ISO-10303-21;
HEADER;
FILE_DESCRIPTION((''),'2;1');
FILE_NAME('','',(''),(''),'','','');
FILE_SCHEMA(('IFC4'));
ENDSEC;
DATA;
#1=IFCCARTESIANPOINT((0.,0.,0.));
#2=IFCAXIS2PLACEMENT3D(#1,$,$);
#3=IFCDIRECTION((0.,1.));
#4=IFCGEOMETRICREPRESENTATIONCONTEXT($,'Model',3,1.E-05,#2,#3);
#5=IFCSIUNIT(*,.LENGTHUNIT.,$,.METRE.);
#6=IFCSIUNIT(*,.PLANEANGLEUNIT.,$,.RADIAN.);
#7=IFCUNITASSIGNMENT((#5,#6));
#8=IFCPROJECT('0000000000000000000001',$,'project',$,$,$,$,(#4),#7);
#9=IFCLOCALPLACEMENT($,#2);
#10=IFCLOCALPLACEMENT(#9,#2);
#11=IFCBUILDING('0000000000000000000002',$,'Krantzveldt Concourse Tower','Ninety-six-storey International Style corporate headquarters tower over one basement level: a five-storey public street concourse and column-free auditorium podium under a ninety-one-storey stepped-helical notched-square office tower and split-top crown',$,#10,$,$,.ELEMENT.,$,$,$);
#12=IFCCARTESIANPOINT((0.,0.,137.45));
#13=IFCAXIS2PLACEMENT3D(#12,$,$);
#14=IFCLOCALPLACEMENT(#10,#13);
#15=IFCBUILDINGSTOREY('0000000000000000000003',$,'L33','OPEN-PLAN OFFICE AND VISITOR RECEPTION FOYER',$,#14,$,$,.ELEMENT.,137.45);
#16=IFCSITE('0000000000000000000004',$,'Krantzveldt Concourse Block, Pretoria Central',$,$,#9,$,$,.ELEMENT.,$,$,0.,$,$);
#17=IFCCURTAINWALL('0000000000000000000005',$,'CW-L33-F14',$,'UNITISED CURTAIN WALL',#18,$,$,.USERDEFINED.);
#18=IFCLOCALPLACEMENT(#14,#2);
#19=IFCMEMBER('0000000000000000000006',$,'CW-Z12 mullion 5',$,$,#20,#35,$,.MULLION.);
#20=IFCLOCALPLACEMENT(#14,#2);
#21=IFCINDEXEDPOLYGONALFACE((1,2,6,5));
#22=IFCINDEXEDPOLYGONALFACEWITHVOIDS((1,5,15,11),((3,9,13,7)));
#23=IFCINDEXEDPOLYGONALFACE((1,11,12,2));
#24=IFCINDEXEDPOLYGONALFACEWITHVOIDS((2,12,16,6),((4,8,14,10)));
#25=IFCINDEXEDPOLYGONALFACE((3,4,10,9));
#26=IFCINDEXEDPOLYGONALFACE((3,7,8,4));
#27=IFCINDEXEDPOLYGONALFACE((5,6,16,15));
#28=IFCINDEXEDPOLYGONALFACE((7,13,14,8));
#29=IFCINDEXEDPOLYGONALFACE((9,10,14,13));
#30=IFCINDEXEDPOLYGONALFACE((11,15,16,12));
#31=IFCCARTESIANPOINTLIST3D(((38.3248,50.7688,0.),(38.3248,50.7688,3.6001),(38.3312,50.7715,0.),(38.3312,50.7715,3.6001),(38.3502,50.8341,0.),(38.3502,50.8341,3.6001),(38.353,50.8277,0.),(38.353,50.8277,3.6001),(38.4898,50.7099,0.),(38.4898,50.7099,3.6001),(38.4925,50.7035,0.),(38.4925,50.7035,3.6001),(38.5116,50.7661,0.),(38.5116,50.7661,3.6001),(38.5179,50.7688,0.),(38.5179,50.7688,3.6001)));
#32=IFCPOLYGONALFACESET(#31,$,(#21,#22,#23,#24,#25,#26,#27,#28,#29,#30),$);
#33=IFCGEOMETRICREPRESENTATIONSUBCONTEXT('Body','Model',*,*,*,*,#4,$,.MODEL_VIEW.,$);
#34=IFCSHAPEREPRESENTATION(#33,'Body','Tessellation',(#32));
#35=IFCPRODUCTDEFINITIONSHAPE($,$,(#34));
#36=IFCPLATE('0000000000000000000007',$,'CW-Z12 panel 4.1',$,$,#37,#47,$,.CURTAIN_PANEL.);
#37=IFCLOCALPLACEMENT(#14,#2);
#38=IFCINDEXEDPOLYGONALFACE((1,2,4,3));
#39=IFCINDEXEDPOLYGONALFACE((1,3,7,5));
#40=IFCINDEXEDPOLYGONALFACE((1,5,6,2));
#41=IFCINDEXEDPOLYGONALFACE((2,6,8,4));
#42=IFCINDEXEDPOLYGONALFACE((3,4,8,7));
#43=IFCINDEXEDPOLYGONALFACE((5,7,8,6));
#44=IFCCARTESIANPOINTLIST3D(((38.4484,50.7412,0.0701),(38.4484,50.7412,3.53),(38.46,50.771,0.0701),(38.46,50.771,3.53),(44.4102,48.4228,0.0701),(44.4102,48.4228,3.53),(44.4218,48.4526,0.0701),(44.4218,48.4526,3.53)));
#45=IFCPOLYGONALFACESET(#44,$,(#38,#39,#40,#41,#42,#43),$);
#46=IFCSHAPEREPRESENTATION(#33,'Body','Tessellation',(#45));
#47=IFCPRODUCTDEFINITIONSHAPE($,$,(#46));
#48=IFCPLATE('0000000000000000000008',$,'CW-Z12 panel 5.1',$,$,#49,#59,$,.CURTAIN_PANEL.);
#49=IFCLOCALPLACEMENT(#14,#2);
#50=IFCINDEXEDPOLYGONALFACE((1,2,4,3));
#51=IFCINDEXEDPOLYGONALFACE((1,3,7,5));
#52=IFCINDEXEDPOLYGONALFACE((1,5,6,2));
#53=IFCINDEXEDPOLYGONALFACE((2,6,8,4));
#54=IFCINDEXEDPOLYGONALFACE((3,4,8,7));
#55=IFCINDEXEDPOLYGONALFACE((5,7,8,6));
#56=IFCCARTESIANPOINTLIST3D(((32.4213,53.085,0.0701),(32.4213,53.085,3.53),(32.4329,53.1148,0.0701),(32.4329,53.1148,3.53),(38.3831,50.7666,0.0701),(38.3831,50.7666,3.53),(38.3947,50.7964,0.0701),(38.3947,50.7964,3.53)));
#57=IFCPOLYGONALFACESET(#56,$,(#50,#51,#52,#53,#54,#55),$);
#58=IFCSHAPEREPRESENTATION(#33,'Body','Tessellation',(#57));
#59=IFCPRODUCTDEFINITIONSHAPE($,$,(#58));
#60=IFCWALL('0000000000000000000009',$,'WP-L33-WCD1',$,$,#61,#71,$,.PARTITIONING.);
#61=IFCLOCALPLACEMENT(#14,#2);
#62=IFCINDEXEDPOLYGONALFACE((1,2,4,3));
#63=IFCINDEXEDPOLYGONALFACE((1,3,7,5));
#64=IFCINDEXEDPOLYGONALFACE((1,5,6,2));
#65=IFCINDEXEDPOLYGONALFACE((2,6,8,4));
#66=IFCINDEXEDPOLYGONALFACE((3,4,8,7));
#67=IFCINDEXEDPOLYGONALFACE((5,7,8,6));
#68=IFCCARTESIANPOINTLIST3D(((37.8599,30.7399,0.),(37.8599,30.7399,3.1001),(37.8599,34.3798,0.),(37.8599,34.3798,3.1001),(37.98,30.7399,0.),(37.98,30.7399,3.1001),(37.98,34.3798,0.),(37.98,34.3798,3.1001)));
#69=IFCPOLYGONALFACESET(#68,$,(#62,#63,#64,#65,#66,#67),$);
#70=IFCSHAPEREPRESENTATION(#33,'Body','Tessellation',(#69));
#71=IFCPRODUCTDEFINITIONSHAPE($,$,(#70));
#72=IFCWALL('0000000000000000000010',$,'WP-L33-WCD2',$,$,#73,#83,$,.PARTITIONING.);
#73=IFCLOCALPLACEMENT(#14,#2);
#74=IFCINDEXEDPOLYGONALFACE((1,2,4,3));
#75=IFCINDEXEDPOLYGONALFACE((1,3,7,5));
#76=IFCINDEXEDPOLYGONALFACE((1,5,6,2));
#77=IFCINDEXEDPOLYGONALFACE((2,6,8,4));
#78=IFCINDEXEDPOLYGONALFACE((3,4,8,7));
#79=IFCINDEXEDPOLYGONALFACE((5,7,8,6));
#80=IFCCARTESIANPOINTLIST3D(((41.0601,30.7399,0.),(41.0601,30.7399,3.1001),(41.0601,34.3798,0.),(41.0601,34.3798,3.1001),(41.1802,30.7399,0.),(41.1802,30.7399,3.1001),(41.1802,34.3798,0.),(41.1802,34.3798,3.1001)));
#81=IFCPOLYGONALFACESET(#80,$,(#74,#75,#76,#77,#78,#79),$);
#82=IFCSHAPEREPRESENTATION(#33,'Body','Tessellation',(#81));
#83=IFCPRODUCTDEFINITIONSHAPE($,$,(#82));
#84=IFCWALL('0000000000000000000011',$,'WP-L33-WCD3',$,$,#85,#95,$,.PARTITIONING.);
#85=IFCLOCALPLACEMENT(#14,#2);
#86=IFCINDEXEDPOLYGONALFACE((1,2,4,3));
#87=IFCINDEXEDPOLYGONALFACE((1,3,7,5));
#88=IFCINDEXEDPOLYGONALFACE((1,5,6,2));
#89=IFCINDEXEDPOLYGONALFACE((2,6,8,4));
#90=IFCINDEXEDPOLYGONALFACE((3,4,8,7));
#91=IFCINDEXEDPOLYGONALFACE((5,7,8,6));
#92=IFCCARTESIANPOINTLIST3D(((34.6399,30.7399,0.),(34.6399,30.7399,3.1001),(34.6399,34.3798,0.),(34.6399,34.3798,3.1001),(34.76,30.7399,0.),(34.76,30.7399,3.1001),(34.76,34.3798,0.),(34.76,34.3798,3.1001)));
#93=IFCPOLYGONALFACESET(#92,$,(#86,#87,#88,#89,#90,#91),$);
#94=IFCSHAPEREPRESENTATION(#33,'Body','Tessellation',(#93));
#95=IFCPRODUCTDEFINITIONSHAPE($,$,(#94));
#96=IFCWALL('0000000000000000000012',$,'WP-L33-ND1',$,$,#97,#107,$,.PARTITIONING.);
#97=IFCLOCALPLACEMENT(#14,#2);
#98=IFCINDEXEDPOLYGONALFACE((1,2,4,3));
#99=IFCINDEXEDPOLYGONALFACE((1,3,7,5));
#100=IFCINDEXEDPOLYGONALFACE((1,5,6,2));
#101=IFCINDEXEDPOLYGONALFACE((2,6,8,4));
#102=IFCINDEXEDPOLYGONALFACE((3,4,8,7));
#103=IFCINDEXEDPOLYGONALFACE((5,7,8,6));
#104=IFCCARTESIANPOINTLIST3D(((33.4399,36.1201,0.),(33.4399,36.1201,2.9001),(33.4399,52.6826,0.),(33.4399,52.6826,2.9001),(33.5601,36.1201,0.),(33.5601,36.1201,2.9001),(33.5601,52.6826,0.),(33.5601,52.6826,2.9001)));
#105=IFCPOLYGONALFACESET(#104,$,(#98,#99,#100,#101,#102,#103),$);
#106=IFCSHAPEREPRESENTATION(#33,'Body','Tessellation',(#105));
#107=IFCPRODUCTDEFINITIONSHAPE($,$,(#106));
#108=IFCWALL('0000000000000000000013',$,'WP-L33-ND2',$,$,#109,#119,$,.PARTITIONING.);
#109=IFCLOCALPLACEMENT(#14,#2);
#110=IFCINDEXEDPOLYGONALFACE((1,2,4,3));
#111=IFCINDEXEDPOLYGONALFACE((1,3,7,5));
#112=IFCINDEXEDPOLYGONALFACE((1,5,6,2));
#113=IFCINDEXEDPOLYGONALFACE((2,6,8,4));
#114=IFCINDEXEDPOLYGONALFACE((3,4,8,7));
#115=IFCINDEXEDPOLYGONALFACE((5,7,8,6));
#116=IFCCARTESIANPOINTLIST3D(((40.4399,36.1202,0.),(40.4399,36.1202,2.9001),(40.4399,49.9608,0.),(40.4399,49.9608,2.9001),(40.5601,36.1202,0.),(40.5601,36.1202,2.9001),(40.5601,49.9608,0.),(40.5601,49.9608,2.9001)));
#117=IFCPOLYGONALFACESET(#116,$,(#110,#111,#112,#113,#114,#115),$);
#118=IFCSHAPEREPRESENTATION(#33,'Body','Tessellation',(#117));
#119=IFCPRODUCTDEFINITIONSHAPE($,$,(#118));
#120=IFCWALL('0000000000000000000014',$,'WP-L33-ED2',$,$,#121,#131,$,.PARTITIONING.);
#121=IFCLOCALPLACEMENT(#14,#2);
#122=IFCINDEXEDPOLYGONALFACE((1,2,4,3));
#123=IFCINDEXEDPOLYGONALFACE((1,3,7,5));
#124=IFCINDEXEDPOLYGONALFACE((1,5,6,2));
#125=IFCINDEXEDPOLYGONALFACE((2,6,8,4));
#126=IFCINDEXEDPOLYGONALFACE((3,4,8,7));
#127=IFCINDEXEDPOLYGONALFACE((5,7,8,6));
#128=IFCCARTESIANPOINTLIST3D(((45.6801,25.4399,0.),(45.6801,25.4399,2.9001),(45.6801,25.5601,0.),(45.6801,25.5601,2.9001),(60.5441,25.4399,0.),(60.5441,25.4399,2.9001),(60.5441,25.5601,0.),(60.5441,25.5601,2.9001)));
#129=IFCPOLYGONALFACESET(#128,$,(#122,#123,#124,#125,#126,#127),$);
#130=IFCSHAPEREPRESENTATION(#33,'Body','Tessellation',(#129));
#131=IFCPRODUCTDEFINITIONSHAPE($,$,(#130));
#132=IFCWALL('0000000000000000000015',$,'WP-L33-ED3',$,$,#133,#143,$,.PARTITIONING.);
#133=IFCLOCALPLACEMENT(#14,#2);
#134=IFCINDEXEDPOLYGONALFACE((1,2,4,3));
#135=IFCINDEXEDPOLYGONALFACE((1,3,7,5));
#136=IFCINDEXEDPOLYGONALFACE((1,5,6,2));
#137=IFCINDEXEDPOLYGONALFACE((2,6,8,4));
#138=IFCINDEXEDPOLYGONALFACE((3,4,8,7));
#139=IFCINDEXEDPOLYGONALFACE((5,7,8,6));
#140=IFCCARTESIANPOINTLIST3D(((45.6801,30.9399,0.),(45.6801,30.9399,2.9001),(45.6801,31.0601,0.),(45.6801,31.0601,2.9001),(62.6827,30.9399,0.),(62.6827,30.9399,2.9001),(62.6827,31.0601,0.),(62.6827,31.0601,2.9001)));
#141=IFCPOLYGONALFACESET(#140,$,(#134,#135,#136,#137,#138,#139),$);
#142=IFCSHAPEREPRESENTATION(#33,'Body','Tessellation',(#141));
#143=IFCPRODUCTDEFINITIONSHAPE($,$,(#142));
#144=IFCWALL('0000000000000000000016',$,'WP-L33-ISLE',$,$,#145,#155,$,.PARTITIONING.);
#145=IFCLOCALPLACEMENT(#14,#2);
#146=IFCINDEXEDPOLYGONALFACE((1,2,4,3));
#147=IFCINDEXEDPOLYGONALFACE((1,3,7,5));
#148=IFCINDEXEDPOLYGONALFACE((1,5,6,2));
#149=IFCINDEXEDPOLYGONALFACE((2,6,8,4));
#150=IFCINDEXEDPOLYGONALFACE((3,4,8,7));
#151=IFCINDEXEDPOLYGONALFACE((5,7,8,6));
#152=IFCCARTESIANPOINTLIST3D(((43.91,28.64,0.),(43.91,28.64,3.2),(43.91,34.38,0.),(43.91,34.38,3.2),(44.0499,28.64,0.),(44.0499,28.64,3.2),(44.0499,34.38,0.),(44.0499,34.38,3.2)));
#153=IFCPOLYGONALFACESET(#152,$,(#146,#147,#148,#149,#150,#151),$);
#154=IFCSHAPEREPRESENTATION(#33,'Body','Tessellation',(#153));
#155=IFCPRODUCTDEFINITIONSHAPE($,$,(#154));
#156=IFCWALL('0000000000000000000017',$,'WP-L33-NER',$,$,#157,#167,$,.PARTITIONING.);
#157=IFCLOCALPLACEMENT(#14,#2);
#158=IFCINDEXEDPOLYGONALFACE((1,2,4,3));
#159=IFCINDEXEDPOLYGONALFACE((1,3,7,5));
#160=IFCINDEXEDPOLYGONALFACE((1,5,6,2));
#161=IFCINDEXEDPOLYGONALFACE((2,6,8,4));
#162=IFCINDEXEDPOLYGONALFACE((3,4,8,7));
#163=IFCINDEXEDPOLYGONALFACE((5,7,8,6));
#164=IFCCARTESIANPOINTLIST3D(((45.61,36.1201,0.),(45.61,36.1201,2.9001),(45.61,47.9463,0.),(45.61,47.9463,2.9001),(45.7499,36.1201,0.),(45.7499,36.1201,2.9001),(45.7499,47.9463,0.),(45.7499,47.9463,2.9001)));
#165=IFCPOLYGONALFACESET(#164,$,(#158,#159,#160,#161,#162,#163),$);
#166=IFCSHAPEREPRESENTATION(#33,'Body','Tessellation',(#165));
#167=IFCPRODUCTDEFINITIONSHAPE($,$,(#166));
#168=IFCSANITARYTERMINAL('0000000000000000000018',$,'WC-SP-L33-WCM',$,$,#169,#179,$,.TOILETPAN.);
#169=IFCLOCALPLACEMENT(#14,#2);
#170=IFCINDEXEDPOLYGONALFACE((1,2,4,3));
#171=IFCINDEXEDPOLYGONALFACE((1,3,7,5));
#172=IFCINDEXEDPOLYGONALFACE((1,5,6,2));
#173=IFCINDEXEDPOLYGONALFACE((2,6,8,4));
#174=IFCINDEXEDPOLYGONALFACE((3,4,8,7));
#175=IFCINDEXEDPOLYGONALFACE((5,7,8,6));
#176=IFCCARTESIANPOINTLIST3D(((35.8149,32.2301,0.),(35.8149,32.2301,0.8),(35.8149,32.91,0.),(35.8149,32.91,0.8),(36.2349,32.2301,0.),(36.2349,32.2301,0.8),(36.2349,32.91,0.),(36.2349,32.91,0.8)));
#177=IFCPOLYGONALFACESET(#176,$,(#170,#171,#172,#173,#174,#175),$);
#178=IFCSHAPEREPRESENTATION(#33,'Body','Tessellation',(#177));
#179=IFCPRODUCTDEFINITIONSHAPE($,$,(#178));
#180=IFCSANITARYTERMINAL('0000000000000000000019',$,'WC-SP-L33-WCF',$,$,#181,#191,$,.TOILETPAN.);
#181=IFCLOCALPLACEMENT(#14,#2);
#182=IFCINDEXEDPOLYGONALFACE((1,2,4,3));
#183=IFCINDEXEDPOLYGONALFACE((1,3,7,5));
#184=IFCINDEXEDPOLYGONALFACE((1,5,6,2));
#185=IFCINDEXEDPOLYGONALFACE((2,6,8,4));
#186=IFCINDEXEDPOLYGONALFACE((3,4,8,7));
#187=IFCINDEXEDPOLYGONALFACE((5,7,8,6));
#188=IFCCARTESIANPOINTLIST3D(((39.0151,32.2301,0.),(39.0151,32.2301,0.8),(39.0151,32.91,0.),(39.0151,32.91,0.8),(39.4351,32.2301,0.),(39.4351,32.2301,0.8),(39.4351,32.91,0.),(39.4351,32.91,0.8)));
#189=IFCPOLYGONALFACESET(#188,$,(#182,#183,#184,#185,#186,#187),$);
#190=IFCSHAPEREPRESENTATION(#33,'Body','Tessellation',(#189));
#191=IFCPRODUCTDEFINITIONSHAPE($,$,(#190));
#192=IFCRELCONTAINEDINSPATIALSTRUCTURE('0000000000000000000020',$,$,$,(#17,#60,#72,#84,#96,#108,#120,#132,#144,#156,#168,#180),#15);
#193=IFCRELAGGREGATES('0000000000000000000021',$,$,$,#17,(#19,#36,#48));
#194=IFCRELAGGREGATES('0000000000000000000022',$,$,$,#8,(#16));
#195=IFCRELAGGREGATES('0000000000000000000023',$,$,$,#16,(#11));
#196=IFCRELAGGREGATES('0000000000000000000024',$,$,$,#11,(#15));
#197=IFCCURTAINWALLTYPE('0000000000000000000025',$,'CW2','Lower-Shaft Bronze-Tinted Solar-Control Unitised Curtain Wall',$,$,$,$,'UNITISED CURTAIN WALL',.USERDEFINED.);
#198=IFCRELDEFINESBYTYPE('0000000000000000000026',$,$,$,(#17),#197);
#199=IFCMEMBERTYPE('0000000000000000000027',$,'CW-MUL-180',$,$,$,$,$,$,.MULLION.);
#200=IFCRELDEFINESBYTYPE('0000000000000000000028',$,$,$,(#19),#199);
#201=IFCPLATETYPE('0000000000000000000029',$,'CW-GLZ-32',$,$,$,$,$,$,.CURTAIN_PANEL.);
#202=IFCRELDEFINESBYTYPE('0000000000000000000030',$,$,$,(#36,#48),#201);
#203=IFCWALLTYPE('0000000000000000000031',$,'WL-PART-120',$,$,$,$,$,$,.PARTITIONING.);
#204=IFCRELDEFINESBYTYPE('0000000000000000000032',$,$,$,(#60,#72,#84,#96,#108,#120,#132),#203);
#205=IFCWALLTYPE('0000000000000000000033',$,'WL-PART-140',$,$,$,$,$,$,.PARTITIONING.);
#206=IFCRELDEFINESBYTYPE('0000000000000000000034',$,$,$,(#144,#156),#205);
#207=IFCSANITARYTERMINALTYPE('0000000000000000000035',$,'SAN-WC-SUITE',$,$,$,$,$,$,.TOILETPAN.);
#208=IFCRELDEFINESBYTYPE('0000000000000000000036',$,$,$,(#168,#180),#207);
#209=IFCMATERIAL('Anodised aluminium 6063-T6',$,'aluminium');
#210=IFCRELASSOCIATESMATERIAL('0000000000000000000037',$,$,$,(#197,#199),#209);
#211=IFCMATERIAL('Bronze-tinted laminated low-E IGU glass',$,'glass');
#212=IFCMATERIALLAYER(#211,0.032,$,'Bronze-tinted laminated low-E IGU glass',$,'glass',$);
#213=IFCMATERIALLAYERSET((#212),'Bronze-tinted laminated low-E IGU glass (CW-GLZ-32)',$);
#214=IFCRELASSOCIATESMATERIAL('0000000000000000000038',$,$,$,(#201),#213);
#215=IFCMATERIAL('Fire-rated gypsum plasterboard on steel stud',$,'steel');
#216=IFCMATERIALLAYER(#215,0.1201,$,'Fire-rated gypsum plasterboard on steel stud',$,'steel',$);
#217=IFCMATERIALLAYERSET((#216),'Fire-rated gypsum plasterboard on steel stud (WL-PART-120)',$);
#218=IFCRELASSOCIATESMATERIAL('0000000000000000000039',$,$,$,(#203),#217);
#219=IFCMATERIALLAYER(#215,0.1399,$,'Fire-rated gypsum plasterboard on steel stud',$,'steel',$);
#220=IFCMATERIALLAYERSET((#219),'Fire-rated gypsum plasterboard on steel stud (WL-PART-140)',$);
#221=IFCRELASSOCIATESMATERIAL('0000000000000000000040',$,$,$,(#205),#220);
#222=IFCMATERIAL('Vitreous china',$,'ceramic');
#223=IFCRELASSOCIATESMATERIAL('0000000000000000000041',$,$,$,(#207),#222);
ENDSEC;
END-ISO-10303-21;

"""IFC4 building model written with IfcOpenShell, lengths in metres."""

from ifc_helpers import new_model, si_unit, direction, frame, frame_2d, origin, origin_2d, place, context, subcontext, project, spatial, rectangle, hollow_rectangle, extrude, source, transform, mapped, material, layer, layer_set, material_profile, profile_set, type_object, type_shapes, element, aggregate, save


model = new_model("IFC4")

# Units and contexts
model_context = context("Model", 3, precision=1e-05, world=origin(), true_north=direction((0.0, 1.0)))
body_context = subcontext(model_context, "Body", "Model", "MODEL_VIEW")
ifc_project = project(units=[si_unit("LENGTHUNIT", "METRE"), si_unit("PLANEANGLEUNIT", "RADIAN")], contexts=[model_context])

# Site, building, storey
site_placement = place(None, origin())
site = spatial("IfcSite", under=ifc_project, at=site_placement, Name="Krantzveldt Concourse Block, Pretoria Central", CompositionType="ELEMENT", RefElevation=0.0)
building_placement = place(site_placement, origin())
building = spatial("IfcBuilding", under=site, at=building_placement, Name="Krantzveldt Concourse Tower", Description="Ninety-six-storey International Style corporate headquarters tower over one basement level: a five-storey public street concourse and column-free auditorium podium under a ninety-one-storey stepped-helical notched-square office tower and split-top crown", CompositionType="ELEMENT")
storey_placement = place(building_placement, frame((0.0, 0.0, 137.45)))
storey = spatial("IfcBuildingStorey", under=building, at=storey_placement, Name="L33", Description="OPEN-PLAN OFFICE AND VISITOR RECEPTION FOYER", CompositionType="ELEMENT", Elevation=137.45)

# Curtain wall, member, plates
ifc_material_1 = material(Name="Anodised aluminium 6063-T6", Category="aluminium")
curtain_wall_type = type_object("IfcCurtainWallType", Name="CW2", Description="Lower-Shaft Bronze-Tinted Solar-Control Unitised Curtain Wall", ElementType="UNITISED CURTAIN WALL", PredefinedType="USERDEFINED", material=ifc_material_1)
curtain_wall_placement = place(storey_placement, origin())
curtain_wall = element("IfcCurtainWall", 1, at=curtain_wall_placement, inside=storey, type_object=curtain_wall_type, Name="CW-L33-F14", ObjectType="UNITISED CURTAIN WALL", PredefinedType="USERDEFINED")
ifc_material_profile_1 = material_profile(ifc_material_1, hollow_rectangle(XDim=0.0701, YDim=0.1799, WallThickness=0.0049, at=origin_2d()), Name="Anodised aluminium 6063-T6", Category="aluminium")
ifc_profile_set_1 = profile_set([ifc_material_profile_1], Name="Anodised aluminium 6063-T6 - ALU-MULL 180x70x5")
member_type_1 = type_object("IfcMemberType", Name="CW-MUL-180", PredefinedType="MULLION", material=ifc_profile_set_1)
shared_shape_1 = source(origin(), body_context, "Body", "SweptSolid", [
    extrude(hollow_rectangle(XDim=0.0701, YDim=0.1799, WallThickness=0.0049, at=origin_2d()), origin(), (0.0, 0.0, 1.0), 3.6001),
])
type_shapes(member_type_1, [shared_shape_1])
member_1_placement = place(storey_placement, frame((38.4214, 50.7688, 0.0), z_axis=(0.0, 0.0, 1.0), x_axis=(-0.362438, -0.932008, 0.0)))
member_1 = element("IfcMember", 2, at=member_1_placement, type_object=member_type_1, Name="CW-Z12 mullion 5", PredefinedType="MULLION", context=body_context, shape_type="MappedRepresentation", body=[
    mapped(shared_shape_1, transform((0.0, 0.0, 0.0), x_axis=(1.0, 0.0, 0.0), y_axis=(0.0, 1.0, 0.0), z_axis=(0.0, 0.0, 1.0), scale=1.0)),
])
ifc_material_2 = material(Name="Bronze-tinted laminated low-E IGU glass", Category="glass")
ifc_layer_1 = layer(ifc_material_2, 0.032, Name="Bronze-tinted laminated low-E IGU glass", Category="glass")
ifc_layer_set_1 = layer_set([ifc_layer_1], Name="Bronze-tinted laminated low-E IGU glass (CW-GLZ-32)")
plate_type = type_object("IfcPlateType", Name="CW-GLZ-32", PredefinedType="CURTAIN_PANEL", material=ifc_layer_set_1)
shared_shape_2 = source(origin(), body_context, "Body", "SweptSolid", [
    extrude(rectangle(XDim=6.3967, YDim=0.032, at=origin_2d()), origin(), (0.0, 0.0, 1.0), 3.46),
])
type_shapes(plate_type, [shared_shape_2])
plate_1_placement = place(storey_placement, frame((41.4351, 49.5969, 0.0701), z_axis=(0.0, 0.0, 1.0), x_axis=(-0.932008, 0.362438, 0.0)))
plate_1 = element("IfcPlate", 3, at=plate_1_placement, type_object=plate_type, Name="CW-Z12 panel 4.1", PredefinedType="CURTAIN_PANEL", context=body_context, shape_type="MappedRepresentation", body=[
    mapped(shared_shape_2, transform((0.0, 0.0, 0.0), x_axis=(1.0, 0.0, 0.0), y_axis=(0.0, 1.0, 0.0), z_axis=(0.0, 0.0, 1.0), scale=1.0)),
])
plate_2_placement = place(storey_placement, frame((35.408, 51.9407, 0.0701), z_axis=(0.0, 0.0, 1.0), x_axis=(-0.932008, 0.362438, 0.0)))
plate_2 = element("IfcPlate", 4, at=plate_2_placement, type_object=plate_type, Name="CW-Z12 panel 5.1", PredefinedType="CURTAIN_PANEL", context=body_context, shape_type="MappedRepresentation", body=[
    mapped(shared_shape_2, transform((0.0, 0.0, 0.0), x_axis=(1.0, 0.0, 0.0), y_axis=(0.0, 1.0, 0.0), z_axis=(0.0, 0.0, 1.0), scale=1.0)),
])
aggregate(curtain_wall, [member_1, plate_1, plate_2])

# Walls
ifc_material_3 = material(Name="Fire-rated gypsum plasterboard on steel stud", Category="steel")
ifc_layer_2 = layer(ifc_material_3, 0.1201, Name="Fire-rated gypsum plasterboard on steel stud", Category="steel")
ifc_layer_set_2 = layer_set([ifc_layer_2], Name="Fire-rated gypsum plasterboard on steel stud (WL-PART-120)")
wall_type_1 = type_object("IfcWallType", Name="WL-PART-120", PredefinedType="PARTITIONING", material=ifc_layer_set_2)
for number, where, z_axis, x_axis, name in (
    (5, (37.9199, 30.74, 0.0), (0.0, 0.0, 1.0), (0.0, 1.0, 0.0), "WP-L33-WCD1"),
    (6, (41.1201, 30.74, 0.0), (0.0, 0.0, 1.0), (0.0, 1.0, 0.0), "WP-L33-WCD2"),
    (7, (34.7, 30.74, 0.0), (0.0, 0.0, 1.0), (0.0, 1.0, 0.0), "WP-L33-WCD3"),
):
    element("IfcWall", number, at=place(storey_placement, frame(where, z_axis=z_axis, x_axis=x_axis)), inside=storey, type_object=wall_type_1, Name=name, PredefinedType="PARTITIONING", context=body_context, shape_type="SweptSolid", body=[
        extrude(rectangle(XDim=3.6399, YDim=0.1201, at=frame_2d((1.8198, 0.0))), origin(), (0.0, 0.0, 1.0), 3.1001),
    ])
wall_1_placement = place(storey_placement, frame((33.5, 36.1201, 0.0), z_axis=(0.0, 0.0, 1.0), x_axis=(0.0, 1.0, 0.0)))
element("IfcWall", 8, at=wall_1_placement, inside=storey, type_object=wall_type_1, Name="WP-L33-ND1", PredefinedType="PARTITIONING", context=body_context, shape_type="SweptSolid", body=[
    extrude(rectangle(XDim=16.5625, YDim=0.1201, at=frame_2d((8.2812, 0.0))), origin(), (0.0, 0.0, 1.0), 2.9001),
])
wall_2_placement = place(storey_placement, frame((40.5, 36.1201, 0.0), z_axis=(0.0, 0.0, 1.0), x_axis=(0.0, 1.0, 0.0)))
element("IfcWall", 9, at=wall_2_placement, inside=storey, type_object=wall_type_1, Name="WP-L33-ND2", PredefinedType="PARTITIONING", context=body_context, shape_type="SweptSolid", body=[
    extrude(rectangle(XDim=13.8406, YDim=0.1201, at=frame_2d((6.9204, 0.0))), origin(), (0.0, 0.0, 1.0), 2.9001),
])
wall_3_placement = place(storey_placement, frame((45.6799, 25.5, 0.0), z_axis=(0.0, 0.0, 1.0), x_axis=(1.0, 0.0, 0.0)))
element("IfcWall", 10, at=wall_3_placement, inside=storey, type_object=wall_type_1, Name="WP-L33-ED2", PredefinedType="PARTITIONING", context=body_context, shape_type="SweptSolid", body=[
    extrude(rectangle(XDim=14.864, YDim=0.1201, at=frame_2d((7.4321, 0.0))), origin(), (0.0, 0.0, 1.0), 2.9001),
])
wall_4_placement = place(storey_placement, frame((45.6799, 31.0, 0.0), z_axis=(0.0, 0.0, 1.0), x_axis=(1.0, 0.0, 0.0)))
element("IfcWall", 11, at=wall_4_placement, inside=storey, type_object=wall_type_1, Name="WP-L33-ED3", PredefinedType="PARTITIONING", context=body_context, shape_type="SweptSolid", body=[
    extrude(rectangle(XDim=17.0027, YDim=0.1201, at=frame_2d((8.5015, 0.0))), origin(), (0.0, 0.0, 1.0), 2.9001),
])
ifc_layer_3 = layer(ifc_material_3, 0.1399, Name="Fire-rated gypsum plasterboard on steel stud", Category="steel")
ifc_layer_set_3 = layer_set([ifc_layer_3], Name="Fire-rated gypsum plasterboard on steel stud (WL-PART-140)")
wall_type_2 = type_object("IfcWallType", Name="WL-PART-140", PredefinedType="PARTITIONING", material=ifc_layer_set_3)
wall_5_placement = place(storey_placement, frame((43.98, 28.6399, 0.0), z_axis=(0.0, 0.0, 1.0), x_axis=(0.0, 1.0, 0.0)))
element("IfcWall", 12, at=wall_5_placement, inside=storey, type_object=wall_type_2, Name="WP-L33-ISLE", PredefinedType="PARTITIONING", context=body_context, shape_type="SweptSolid", body=[
    extrude(rectangle(XDim=5.74, YDim=0.1399, at=frame_2d((2.8701, 0.0))), origin(), (0.0, 0.0, 1.0), 3.2),
])
wall_6_placement = place(storey_placement, frame((45.6799, 36.1201, 0.0), z_axis=(0.0, 0.0, 1.0), x_axis=(0.0, 1.0, 0.0)))
element("IfcWall", 13, at=wall_6_placement, inside=storey, type_object=wall_type_2, Name="WP-L33-NER", PredefinedType="PARTITIONING", context=body_context, shape_type="SweptSolid", body=[
    extrude(rectangle(XDim=11.8262, YDim=0.1399, at=frame_2d((5.9131, 0.0))), origin(), (0.0, 0.0, 1.0), 2.9001),
])

# Sanitary terminals
ifc_material_4 = material(Name="Vitreous china", Category="ceramic")
sanitary_terminal_type_1 = type_object("IfcSanitaryTerminalType", Name="SAN-WC-SUITE", PredefinedType="TOILETPAN", material=ifc_material_4)
shared_shape_3 = source(origin(), body_context, "Body", "SweptSolid", [
    extrude(rectangle(XDim=0.4199, YDim=0.6799, at=origin_2d()), origin(), (0.0, 0.0, 1.0), 0.8),
])
type_shapes(sanitary_terminal_type_1, [shared_shape_3])
for number, where, z_axis, x_axis, name in (
    (14, (36.0249, 32.5701, 0.0), (0.0, 0.0, 1.0), (1.0, 0.0, 0.0), "WC-SP-L33-WCM"),
    (15, (39.2251, 32.5701, 0.0), (0.0, 0.0, 1.0), (1.0, 0.0, 0.0), "WC-SP-L33-WCF"),
):
    element("IfcSanitaryTerminal", number, at=place(storey_placement, frame(where, z_axis=z_axis, x_axis=x_axis)), inside=storey, type_object=sanitary_terminal_type_1, Name=name, PredefinedType="TOILETPAN", context=body_context, shape_type="MappedRepresentation", body=[
        mapped(shared_shape_3, transform((0.0, 0.0, 0.0), x_axis=(1.0, 0.0, 0.0), y_axis=(0.0, 1.0, 0.0), z_axis=(0.0, 0.0, 1.0), scale=1.0)),
    ])

save(model, "model.ifc")
